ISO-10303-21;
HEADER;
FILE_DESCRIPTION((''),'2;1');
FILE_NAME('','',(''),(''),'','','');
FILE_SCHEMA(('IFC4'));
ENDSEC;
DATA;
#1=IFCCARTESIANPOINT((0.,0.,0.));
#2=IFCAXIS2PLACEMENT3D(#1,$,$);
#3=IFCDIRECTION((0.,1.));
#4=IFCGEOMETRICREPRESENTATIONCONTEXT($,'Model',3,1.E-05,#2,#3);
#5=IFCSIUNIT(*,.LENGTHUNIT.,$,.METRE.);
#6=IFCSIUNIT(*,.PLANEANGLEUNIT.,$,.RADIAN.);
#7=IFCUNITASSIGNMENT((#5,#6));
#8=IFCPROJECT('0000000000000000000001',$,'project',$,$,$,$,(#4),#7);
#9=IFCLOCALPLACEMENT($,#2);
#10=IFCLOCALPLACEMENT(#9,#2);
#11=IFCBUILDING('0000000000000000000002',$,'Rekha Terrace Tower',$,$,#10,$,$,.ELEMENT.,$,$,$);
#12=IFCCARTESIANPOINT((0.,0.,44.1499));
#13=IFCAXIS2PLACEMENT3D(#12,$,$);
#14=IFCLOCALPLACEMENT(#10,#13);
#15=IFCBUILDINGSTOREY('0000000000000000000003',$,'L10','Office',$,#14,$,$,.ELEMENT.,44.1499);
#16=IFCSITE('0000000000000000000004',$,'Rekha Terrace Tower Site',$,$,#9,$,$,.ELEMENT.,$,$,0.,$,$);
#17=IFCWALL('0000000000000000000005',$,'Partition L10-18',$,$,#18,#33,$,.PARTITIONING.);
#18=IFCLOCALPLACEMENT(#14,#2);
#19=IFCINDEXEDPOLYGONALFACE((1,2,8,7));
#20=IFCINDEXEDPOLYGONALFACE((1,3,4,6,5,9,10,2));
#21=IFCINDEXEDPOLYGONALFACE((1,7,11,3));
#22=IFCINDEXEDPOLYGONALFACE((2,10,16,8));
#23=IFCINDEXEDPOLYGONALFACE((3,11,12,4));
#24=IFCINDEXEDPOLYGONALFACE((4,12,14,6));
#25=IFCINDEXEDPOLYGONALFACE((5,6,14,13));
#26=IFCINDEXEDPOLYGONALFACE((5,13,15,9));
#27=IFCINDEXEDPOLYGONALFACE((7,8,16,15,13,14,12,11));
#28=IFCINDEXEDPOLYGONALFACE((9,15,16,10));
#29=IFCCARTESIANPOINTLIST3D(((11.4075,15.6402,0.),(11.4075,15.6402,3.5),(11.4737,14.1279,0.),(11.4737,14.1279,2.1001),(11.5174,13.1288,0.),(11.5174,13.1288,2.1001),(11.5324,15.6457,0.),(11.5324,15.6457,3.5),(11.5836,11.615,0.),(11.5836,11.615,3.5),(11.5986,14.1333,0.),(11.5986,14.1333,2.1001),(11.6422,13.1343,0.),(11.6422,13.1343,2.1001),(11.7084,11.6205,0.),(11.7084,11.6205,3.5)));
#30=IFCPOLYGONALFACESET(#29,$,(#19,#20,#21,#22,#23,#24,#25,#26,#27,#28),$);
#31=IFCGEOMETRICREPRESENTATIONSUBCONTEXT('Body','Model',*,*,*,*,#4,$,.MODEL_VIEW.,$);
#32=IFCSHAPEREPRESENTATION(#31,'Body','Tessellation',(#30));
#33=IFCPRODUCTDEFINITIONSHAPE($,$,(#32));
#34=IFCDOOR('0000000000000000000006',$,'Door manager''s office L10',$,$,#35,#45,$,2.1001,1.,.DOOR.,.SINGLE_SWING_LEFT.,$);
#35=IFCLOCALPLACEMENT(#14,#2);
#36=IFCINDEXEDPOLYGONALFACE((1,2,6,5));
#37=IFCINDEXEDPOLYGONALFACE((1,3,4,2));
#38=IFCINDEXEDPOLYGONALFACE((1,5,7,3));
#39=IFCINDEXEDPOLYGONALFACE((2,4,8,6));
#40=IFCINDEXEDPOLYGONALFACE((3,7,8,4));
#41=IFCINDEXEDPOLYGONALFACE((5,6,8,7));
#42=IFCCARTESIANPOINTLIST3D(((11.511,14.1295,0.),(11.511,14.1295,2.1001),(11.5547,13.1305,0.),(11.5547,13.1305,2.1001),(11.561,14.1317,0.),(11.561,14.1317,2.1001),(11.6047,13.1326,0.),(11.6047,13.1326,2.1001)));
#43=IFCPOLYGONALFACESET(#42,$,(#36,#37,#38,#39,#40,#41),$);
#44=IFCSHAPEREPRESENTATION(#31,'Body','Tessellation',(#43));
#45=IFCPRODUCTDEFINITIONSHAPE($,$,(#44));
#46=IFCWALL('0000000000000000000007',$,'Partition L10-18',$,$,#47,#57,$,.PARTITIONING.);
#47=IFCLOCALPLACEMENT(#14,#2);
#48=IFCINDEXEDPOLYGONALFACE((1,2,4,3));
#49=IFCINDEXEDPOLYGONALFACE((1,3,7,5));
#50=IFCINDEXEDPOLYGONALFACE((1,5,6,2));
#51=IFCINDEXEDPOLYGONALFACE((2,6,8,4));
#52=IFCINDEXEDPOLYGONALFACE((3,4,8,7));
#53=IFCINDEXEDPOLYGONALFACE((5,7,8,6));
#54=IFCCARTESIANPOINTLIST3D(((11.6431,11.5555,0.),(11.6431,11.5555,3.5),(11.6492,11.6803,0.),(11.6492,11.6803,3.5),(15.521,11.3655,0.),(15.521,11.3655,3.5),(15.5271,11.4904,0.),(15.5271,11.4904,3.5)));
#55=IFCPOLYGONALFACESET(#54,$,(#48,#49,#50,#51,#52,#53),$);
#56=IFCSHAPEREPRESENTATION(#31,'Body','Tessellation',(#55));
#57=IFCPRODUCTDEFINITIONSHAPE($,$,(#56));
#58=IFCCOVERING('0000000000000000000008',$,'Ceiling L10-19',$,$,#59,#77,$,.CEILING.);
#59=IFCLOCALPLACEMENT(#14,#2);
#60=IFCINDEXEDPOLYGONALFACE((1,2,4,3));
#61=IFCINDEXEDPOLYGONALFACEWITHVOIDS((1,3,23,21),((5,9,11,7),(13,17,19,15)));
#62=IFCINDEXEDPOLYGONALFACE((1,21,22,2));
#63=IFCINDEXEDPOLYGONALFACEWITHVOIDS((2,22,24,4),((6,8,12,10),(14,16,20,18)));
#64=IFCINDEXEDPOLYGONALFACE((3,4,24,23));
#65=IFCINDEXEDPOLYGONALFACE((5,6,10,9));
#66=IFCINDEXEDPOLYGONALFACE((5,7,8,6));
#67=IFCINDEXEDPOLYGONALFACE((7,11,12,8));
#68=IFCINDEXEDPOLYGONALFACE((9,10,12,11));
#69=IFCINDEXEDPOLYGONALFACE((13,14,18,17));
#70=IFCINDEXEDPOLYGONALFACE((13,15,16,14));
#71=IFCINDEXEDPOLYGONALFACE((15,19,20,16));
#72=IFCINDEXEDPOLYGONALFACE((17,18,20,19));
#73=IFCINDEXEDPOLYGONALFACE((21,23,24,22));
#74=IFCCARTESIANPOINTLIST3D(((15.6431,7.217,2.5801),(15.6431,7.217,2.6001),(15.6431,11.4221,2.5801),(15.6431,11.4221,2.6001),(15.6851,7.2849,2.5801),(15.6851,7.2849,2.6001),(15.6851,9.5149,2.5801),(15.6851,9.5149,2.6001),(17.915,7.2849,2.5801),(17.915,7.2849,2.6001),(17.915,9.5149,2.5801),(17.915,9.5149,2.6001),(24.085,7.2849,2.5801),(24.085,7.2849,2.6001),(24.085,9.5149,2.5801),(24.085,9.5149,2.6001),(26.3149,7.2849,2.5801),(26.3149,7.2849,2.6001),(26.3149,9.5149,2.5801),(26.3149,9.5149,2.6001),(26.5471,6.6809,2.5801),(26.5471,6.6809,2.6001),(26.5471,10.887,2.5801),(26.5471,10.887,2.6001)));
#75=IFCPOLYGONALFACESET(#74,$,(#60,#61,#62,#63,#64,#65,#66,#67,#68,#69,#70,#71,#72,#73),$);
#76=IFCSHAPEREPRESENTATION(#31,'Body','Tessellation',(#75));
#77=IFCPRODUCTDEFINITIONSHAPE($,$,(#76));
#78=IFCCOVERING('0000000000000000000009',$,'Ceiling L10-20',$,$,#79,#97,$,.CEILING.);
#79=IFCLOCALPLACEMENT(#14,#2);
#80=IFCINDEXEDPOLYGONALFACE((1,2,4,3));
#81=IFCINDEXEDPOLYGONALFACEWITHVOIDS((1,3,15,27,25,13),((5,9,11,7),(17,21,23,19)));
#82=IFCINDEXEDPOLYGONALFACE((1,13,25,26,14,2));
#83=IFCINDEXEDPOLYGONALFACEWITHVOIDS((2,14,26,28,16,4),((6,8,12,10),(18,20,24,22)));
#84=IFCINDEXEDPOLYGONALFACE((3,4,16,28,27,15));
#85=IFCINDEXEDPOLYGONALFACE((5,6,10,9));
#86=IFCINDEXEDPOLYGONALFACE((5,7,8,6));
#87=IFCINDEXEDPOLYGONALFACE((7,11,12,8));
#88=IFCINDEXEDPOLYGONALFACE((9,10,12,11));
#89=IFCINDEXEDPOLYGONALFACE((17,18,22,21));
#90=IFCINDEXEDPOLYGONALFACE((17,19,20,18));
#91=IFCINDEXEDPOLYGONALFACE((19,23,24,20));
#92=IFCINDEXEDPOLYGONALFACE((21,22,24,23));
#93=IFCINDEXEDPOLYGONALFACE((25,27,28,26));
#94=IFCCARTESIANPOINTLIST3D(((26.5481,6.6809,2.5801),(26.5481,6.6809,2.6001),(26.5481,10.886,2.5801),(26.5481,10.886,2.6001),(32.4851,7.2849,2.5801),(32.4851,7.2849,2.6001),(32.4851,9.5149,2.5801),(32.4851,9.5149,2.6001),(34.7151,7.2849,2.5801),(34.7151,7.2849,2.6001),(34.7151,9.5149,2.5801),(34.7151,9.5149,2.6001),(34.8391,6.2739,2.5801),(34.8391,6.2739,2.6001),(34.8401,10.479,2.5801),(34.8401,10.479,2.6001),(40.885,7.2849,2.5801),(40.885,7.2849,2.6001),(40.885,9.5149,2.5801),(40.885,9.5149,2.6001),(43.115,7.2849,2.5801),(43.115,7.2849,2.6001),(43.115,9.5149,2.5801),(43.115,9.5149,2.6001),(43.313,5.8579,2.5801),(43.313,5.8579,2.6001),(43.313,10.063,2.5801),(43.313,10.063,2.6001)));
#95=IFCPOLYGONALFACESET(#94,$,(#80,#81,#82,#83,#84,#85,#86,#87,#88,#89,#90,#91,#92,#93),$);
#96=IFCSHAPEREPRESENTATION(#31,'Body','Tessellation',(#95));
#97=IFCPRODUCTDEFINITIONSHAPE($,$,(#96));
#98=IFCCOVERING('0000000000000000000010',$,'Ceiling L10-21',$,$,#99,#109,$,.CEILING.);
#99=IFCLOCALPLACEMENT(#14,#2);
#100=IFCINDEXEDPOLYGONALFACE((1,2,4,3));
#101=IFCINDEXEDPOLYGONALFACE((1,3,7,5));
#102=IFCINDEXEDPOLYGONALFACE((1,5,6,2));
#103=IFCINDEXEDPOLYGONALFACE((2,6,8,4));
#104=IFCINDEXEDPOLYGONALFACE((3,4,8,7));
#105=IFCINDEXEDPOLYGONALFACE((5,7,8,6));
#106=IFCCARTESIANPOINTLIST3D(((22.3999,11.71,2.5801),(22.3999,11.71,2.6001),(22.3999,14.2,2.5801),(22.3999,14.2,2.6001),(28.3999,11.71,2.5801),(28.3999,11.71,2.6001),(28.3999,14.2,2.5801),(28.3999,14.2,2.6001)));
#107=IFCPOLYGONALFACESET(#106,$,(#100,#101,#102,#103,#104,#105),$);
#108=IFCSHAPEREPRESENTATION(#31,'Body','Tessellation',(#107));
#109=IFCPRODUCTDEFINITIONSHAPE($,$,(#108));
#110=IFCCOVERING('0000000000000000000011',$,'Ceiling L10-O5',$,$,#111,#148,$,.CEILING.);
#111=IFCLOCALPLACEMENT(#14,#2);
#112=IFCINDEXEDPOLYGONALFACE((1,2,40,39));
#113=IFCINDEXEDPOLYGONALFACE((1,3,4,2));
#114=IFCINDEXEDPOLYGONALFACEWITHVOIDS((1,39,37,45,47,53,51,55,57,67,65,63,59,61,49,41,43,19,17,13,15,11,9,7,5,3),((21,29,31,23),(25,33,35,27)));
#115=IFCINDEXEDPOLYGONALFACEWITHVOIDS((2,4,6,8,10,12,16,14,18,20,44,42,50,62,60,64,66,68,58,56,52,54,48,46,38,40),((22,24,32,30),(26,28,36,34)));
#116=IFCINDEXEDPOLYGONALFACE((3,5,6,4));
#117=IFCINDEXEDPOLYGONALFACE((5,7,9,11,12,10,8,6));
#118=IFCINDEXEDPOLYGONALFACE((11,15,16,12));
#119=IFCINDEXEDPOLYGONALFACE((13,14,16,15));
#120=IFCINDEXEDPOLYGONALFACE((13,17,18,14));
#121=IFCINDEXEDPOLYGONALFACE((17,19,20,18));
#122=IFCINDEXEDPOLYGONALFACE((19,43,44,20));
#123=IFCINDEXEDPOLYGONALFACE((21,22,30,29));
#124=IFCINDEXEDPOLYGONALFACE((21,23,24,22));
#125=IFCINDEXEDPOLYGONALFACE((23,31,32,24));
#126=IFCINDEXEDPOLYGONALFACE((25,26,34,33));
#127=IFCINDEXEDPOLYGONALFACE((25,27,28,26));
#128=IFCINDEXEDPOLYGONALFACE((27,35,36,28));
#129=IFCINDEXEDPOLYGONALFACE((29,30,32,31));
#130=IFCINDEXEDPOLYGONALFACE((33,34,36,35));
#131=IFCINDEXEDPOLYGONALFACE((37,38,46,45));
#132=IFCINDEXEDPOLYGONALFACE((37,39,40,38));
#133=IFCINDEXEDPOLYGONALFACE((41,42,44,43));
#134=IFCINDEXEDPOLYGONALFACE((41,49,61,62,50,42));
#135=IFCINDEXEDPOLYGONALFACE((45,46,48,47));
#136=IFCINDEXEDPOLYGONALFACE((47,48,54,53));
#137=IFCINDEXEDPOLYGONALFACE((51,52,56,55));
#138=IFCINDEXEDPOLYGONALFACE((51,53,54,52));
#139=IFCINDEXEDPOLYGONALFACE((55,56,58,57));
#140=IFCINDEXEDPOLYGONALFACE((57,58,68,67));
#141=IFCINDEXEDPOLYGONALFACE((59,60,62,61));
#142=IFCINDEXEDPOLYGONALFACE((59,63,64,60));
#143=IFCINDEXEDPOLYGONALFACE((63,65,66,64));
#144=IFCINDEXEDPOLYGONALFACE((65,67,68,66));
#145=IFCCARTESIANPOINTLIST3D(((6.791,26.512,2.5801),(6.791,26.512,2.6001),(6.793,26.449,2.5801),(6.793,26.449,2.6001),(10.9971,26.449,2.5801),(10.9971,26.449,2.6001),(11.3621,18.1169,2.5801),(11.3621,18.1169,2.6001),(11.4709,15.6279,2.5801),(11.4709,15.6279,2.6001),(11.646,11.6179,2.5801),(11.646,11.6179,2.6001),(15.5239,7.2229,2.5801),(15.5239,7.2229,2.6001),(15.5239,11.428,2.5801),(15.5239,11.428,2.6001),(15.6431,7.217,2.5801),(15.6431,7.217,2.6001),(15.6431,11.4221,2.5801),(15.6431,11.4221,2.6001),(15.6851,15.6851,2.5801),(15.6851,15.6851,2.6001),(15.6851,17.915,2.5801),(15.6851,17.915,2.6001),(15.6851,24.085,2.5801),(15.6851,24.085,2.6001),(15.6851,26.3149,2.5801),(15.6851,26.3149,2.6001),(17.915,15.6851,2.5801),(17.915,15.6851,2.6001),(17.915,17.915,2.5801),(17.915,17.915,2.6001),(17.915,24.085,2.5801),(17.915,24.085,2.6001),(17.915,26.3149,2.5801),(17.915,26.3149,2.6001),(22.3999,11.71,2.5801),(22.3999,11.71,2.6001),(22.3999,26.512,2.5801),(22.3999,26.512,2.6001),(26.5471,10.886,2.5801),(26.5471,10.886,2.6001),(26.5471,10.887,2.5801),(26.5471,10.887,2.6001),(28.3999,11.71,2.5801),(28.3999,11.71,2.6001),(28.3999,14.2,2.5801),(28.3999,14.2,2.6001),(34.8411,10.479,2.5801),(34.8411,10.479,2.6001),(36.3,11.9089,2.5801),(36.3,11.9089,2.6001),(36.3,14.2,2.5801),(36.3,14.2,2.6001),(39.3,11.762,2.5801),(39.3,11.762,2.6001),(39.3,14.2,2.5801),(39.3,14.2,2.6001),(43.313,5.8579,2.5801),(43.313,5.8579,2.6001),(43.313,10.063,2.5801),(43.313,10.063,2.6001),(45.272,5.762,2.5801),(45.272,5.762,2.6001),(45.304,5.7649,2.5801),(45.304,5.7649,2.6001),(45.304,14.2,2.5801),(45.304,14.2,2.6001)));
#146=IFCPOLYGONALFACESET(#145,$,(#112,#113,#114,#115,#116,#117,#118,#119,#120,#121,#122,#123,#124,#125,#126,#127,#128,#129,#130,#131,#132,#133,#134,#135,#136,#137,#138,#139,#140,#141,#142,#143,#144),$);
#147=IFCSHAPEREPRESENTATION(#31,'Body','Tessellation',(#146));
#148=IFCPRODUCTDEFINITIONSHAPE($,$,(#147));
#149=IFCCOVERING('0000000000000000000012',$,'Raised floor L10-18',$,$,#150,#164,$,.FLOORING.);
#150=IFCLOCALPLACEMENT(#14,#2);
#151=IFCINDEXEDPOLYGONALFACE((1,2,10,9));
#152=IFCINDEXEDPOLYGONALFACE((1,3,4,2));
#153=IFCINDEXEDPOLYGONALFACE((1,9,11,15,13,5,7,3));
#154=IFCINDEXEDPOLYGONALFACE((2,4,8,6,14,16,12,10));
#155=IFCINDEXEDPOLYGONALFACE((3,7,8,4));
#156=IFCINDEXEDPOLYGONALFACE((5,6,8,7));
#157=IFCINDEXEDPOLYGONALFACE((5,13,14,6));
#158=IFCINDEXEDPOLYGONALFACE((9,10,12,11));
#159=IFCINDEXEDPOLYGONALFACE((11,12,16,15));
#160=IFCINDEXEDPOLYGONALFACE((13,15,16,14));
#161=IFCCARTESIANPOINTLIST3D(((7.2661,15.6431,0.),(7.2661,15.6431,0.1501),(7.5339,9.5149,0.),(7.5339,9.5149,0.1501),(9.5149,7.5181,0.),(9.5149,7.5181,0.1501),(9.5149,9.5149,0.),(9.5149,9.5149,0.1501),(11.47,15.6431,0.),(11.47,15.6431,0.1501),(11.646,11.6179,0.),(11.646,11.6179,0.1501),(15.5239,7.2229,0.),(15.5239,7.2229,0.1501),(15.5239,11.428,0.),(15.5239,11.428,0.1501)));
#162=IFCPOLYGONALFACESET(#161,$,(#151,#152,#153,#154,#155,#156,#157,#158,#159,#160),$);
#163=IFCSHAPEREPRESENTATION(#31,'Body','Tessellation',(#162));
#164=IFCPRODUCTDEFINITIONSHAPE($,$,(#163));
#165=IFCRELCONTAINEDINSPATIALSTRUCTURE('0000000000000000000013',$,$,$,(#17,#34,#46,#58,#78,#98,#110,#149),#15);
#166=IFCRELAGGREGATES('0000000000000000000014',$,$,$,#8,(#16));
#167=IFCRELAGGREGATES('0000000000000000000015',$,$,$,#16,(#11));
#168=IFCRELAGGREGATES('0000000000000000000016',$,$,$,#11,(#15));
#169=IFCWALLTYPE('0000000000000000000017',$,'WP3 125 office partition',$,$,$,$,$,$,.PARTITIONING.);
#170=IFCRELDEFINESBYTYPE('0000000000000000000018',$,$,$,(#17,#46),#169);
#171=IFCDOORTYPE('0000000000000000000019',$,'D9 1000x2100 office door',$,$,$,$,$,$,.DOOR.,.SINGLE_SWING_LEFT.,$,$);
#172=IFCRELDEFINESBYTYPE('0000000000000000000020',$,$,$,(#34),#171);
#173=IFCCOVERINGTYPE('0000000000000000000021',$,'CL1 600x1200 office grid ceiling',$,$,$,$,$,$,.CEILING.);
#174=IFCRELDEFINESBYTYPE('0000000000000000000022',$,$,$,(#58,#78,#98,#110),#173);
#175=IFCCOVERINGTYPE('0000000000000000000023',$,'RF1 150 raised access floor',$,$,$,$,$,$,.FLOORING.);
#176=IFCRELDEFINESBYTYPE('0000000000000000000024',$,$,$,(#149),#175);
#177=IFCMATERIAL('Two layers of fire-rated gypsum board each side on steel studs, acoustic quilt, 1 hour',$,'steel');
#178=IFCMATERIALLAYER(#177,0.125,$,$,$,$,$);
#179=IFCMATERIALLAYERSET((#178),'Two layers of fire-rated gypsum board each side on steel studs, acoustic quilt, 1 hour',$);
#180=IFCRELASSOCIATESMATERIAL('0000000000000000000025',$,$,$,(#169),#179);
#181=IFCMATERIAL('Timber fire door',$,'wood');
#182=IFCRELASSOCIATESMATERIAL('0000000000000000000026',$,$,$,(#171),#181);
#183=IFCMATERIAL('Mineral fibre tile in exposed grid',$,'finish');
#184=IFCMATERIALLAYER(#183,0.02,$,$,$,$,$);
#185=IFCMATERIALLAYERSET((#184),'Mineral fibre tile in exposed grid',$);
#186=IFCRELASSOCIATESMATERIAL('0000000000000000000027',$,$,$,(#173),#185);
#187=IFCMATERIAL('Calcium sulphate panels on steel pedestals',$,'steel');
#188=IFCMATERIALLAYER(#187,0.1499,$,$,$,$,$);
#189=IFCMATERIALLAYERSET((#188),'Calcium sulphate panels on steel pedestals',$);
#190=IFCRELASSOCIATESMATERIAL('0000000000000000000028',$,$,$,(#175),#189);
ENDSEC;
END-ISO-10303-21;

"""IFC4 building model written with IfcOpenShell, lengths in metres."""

from ifc_helpers import new_model, si_unit, direction, frame, frame_2d, origin, place, context, subcontext, project, spatial, polyline, rectangle, outline, extrude, material, layer, layer_set, type_object, element, fill, save


model = new_model("IFC4")

# Units and contexts
model_context = context("Model", 3, precision=1e-05, world=origin(), true_north=direction((0.0, 1.0)))
body_context = subcontext(model_context, "Body", "Model", "MODEL_VIEW")
ifc_project = project(units=[si_unit("LENGTHUNIT", "METRE"), si_unit("PLANEANGLEUNIT", "RADIAN")], contexts=[model_context])

# Site, building, storey
site_placement = place(None, origin())
site = spatial("IfcSite", under=ifc_project, at=site_placement, Name="Rekha Terrace Tower Site", CompositionType="ELEMENT", RefElevation=0.0)
building_placement = place(site_placement, origin())
building = spatial("IfcBuilding", under=site, at=building_placement, Name="Rekha Terrace Tower", CompositionType="ELEMENT")
storey_placement = place(building_placement, frame((0.0, 0.0, 44.1499)))
storey = spatial("IfcBuildingStorey", under=building, at=storey_placement, Name="L10", Description="Office", CompositionType="ELEMENT", Elevation=44.1499)

# Shared definitions
ifc_material_1 = material(Name="Two layers of fire-rated gypsum board each side on steel studs, acoustic quilt, 1 hour", Category="steel")
ifc_layer_1 = layer(ifc_material_1, 0.125)
ifc_layer_set_1 = layer_set([ifc_layer_1], Name="Two layers of fire-rated gypsum board each side on steel studs, acoustic quilt, 1 hour")
wall_type_1 = type_object("IfcWallType", Name="WP3 125 office partition", PredefinedType="PARTITIONING", material=ifc_layer_set_1)

# Wall, opening, door
wall_1_placement = place(storey_placement, frame((11.47, 15.6431, 0.0), z_axis=(0.0, 0.0, 1.0), x_axis=(0.04369, -0.999045, 0.0)))
wall_1 = element("IfcWall", 1, at=wall_1_placement, inside=storey, type_object=wall_type_1, Name="Partition L10-18", PredefinedType="PARTITIONING", context=body_context, shape_type="SweptSolid", body=[
    extrude(rectangle(XDim=4.0291, YDim=0.125, at=frame_2d((2.0146, 0.0))), origin(), (0.0, 0.0, 1.0), 3.5),
])
opening_placement = place(wall_1_placement, frame((1.5139, 0.0, 0.0)))
opening = element("IfcOpeningElement", 2, at=opening_placement, cuts=wall_1, PredefinedType="OPENING", context=body_context, shape_type="SweptSolid", body=[
    extrude(rectangle(XDim=1.0, YDim=2.1001, at=frame_2d((0.5, 1.05))), frame((0.0, 0.0725, 0.0), z_axis=(0.0, -1.0, 0.0), x_axis=(1.0, 0.0, 0.0)), (0.0, 0.0, 1.0), 0.145),
])
ifc_material_2 = material(Name="Timber fire door", Category="wood")
door_type = type_object("IfcDoorType", Name="D9 1000x2100 office door", OperationType="SINGLE_SWING_LEFT", PredefinedType="DOOR", material=ifc_material_2)
door_placement = place(opening_placement, origin())
door = element("IfcDoor", 3, at=door_placement, inside=storey, type_object=door_type, Name="Door manager's office L10", OperationType="SINGLE_SWING_LEFT", OverallHeight=2.1001, OverallWidth=1.0, PredefinedType="DOOR", context=body_context, shape_type="SweptSolid", body=[
    extrude(rectangle(XDim=1.0, YDim=2.1001, at=frame_2d((0.5, 1.05))), frame((0.0, 0.0249, 0.0), z_axis=(0.0, -1.0, 0.0), x_axis=(1.0, 0.0, 0.0)), (0.0, 0.0, 1.0), 0.05),
])
fill(opening, door)

# Wall
wall_2_placement = place(storey_placement, frame((11.646, 11.6179, 0.0), z_axis=(0.0, 0.0, 1.0), x_axis=(0.998803, -0.048921, 0.0)))
element("IfcWall", 4, at=wall_2_placement, inside=storey, type_object=wall_type_1, Name="Partition L10-18", PredefinedType="PARTITIONING", context=body_context, shape_type="SweptSolid", body=[
    extrude(rectangle(XDim=3.8826, YDim=0.125, at=frame_2d((1.9414, 0.0))), origin(), (0.0, 0.0, 1.0), 3.5),
])

# Coverings
ifc_material_3 = material(Name="Mineral fibre tile in exposed grid", Category="finish")
ifc_layer_2 = layer(ifc_material_3, 0.02)
ifc_layer_set_2 = layer_set([ifc_layer_2], Name="Mineral fibre tile in exposed grid")
covering_type_1 = type_object("IfcCoveringType", Name="CL1 600x1200 office grid ceiling", PredefinedType="CEILING", material=ifc_layer_set_2)
covering_1_placement = place(storey_placement, frame((0.0, 0.0, 2.5801)))
element("IfcCovering", 5, at=covering_1_placement, inside=storey, type_object=covering_type_1, Name="Ceiling L10-19", PredefinedType="CEILING", context=body_context, shape_type="SweptSolid", body=[
    extrude(outline(polyline([(26.5471, 6.6809), (26.5471, 10.887), (15.6431, 11.4221), (15.6431, 7.217), (26.5471, 6.6809)]), holes=[polyline([(26.3149, 9.5149), (26.3149, 7.2849), (24.085, 7.2849), (24.085, 9.5149), (26.3149, 9.5149)]), polyline([(17.915, 7.2849), (15.6851, 7.2849), (15.6851, 9.5149), (17.915, 9.5149), (17.915, 7.2849)])]), origin(), (0.0, 0.0, 1.0), 0.02),
])
covering_2_placement = place(storey_placement, frame((0.0, 0.0, 2.5801)))
element("IfcCovering", 6, at=covering_2_placement, inside=storey, type_object=covering_type_1, Name="Ceiling L10-20", PredefinedType="CEILING", context=body_context, shape_type="SweptSolid", body=[
    extrude(outline(polyline([(43.313, 10.063), (34.8401, 10.479), (26.5481, 10.886), (26.5481, 6.6809), (34.8391, 6.2739), (43.313, 5.8579), (43.313, 10.063)]), holes=[polyline([(43.115, 7.2849), (40.885, 7.2849), (40.885, 9.5149), (43.115, 9.5149), (43.115, 7.2849)]), polyline([(34.7151, 7.2849), (32.4851, 7.2849), (32.4851, 9.5149), (34.7151, 9.5149), (34.7151, 7.2849)])]), origin(), (0.0, 0.0, 1.0), 0.02),
])
covering_3_placement = place(storey_placement, frame((0.0, 0.0, 2.5801)))
element("IfcCovering", 7, at=covering_3_placement, inside=storey, type_object=covering_type_1, Name="Ceiling L10-21", PredefinedType="CEILING", context=body_context, shape_type="SweptSolid", body=[
    extrude(outline(polyline([(22.3999, 14.2), (22.3999, 11.71), (28.3999, 11.71), (28.3999, 14.2), (22.3999, 14.2)])), origin(), (0.0, 0.0, 1.0), 0.02),
])
covering_4_placement = place(storey_placement, frame((0.0, 0.0, 2.5801)))
element("IfcCovering", 8, at=covering_4_placement, inside=storey, type_object=covering_type_1, Name="Ceiling L10-O5", PredefinedType="CEILING", context=body_context, shape_type="SweptSolid", body=[
    extrude(outline(polyline([(10.9971, 26.449), (11.3621, 18.1169), (11.4709, 15.6279), (11.646, 11.6179), (15.5239, 11.428), (15.5239, 7.2229), (15.6431, 7.217), (15.6431, 11.4221), (26.5471, 10.887), (26.5471, 10.886), (34.8411, 10.479), (43.313, 10.063), (43.313, 5.8579), (45.272, 5.762), (45.304, 5.7649), (45.304, 14.2), (39.3, 14.2), (39.3, 11.762), (36.3, 11.9089), (36.3, 14.2), (28.3999, 14.2), (28.3999, 11.71), (22.3999, 11.71), (22.3999, 26.512), (6.791, 26.512), (6.793, 26.449), (10.9971, 26.449)]), holes=[polyline([(17.915, 15.6851), (15.6851, 15.6851), (15.6851, 17.915), (17.915, 17.915), (17.915, 15.6851)]), polyline([(17.915, 24.085), (15.6851, 24.085), (15.6851, 26.3149), (17.915, 26.3149), (17.915, 24.085)])]), origin(), (0.0, 0.0, 1.0), 0.02),
])
ifc_material_4 = material(Name="Calcium sulphate panels on steel pedestals", Category="steel")
ifc_layer_3 = layer(ifc_material_4, 0.1499)
ifc_layer_set_3 = layer_set([ifc_layer_3], Name="Calcium sulphate panels on steel pedestals")
covering_type_2 = type_object("IfcCoveringType", Name="RF1 150 raised access floor", PredefinedType="FLOORING", material=ifc_layer_set_3)
covering_5_placement = place(storey_placement, origin())
element("IfcCovering", 9, at=covering_5_placement, inside=storey, type_object=covering_type_2, Name="Raised floor L10-18", PredefinedType="FLOORING", context=body_context, shape_type="SweptSolid", body=[
    extrude(outline(polyline([(11.646, 11.6179), (11.47, 15.6431), (7.2661, 15.6431), (7.5339, 9.5149), (9.5149, 9.5149), (9.5149, 7.5181), (15.5239, 7.2229), (15.5239, 11.428), (11.646, 11.6179)])), origin(), (0.0, 0.0, 1.0), 0.1501),
])

save(model, "model.ifc")
